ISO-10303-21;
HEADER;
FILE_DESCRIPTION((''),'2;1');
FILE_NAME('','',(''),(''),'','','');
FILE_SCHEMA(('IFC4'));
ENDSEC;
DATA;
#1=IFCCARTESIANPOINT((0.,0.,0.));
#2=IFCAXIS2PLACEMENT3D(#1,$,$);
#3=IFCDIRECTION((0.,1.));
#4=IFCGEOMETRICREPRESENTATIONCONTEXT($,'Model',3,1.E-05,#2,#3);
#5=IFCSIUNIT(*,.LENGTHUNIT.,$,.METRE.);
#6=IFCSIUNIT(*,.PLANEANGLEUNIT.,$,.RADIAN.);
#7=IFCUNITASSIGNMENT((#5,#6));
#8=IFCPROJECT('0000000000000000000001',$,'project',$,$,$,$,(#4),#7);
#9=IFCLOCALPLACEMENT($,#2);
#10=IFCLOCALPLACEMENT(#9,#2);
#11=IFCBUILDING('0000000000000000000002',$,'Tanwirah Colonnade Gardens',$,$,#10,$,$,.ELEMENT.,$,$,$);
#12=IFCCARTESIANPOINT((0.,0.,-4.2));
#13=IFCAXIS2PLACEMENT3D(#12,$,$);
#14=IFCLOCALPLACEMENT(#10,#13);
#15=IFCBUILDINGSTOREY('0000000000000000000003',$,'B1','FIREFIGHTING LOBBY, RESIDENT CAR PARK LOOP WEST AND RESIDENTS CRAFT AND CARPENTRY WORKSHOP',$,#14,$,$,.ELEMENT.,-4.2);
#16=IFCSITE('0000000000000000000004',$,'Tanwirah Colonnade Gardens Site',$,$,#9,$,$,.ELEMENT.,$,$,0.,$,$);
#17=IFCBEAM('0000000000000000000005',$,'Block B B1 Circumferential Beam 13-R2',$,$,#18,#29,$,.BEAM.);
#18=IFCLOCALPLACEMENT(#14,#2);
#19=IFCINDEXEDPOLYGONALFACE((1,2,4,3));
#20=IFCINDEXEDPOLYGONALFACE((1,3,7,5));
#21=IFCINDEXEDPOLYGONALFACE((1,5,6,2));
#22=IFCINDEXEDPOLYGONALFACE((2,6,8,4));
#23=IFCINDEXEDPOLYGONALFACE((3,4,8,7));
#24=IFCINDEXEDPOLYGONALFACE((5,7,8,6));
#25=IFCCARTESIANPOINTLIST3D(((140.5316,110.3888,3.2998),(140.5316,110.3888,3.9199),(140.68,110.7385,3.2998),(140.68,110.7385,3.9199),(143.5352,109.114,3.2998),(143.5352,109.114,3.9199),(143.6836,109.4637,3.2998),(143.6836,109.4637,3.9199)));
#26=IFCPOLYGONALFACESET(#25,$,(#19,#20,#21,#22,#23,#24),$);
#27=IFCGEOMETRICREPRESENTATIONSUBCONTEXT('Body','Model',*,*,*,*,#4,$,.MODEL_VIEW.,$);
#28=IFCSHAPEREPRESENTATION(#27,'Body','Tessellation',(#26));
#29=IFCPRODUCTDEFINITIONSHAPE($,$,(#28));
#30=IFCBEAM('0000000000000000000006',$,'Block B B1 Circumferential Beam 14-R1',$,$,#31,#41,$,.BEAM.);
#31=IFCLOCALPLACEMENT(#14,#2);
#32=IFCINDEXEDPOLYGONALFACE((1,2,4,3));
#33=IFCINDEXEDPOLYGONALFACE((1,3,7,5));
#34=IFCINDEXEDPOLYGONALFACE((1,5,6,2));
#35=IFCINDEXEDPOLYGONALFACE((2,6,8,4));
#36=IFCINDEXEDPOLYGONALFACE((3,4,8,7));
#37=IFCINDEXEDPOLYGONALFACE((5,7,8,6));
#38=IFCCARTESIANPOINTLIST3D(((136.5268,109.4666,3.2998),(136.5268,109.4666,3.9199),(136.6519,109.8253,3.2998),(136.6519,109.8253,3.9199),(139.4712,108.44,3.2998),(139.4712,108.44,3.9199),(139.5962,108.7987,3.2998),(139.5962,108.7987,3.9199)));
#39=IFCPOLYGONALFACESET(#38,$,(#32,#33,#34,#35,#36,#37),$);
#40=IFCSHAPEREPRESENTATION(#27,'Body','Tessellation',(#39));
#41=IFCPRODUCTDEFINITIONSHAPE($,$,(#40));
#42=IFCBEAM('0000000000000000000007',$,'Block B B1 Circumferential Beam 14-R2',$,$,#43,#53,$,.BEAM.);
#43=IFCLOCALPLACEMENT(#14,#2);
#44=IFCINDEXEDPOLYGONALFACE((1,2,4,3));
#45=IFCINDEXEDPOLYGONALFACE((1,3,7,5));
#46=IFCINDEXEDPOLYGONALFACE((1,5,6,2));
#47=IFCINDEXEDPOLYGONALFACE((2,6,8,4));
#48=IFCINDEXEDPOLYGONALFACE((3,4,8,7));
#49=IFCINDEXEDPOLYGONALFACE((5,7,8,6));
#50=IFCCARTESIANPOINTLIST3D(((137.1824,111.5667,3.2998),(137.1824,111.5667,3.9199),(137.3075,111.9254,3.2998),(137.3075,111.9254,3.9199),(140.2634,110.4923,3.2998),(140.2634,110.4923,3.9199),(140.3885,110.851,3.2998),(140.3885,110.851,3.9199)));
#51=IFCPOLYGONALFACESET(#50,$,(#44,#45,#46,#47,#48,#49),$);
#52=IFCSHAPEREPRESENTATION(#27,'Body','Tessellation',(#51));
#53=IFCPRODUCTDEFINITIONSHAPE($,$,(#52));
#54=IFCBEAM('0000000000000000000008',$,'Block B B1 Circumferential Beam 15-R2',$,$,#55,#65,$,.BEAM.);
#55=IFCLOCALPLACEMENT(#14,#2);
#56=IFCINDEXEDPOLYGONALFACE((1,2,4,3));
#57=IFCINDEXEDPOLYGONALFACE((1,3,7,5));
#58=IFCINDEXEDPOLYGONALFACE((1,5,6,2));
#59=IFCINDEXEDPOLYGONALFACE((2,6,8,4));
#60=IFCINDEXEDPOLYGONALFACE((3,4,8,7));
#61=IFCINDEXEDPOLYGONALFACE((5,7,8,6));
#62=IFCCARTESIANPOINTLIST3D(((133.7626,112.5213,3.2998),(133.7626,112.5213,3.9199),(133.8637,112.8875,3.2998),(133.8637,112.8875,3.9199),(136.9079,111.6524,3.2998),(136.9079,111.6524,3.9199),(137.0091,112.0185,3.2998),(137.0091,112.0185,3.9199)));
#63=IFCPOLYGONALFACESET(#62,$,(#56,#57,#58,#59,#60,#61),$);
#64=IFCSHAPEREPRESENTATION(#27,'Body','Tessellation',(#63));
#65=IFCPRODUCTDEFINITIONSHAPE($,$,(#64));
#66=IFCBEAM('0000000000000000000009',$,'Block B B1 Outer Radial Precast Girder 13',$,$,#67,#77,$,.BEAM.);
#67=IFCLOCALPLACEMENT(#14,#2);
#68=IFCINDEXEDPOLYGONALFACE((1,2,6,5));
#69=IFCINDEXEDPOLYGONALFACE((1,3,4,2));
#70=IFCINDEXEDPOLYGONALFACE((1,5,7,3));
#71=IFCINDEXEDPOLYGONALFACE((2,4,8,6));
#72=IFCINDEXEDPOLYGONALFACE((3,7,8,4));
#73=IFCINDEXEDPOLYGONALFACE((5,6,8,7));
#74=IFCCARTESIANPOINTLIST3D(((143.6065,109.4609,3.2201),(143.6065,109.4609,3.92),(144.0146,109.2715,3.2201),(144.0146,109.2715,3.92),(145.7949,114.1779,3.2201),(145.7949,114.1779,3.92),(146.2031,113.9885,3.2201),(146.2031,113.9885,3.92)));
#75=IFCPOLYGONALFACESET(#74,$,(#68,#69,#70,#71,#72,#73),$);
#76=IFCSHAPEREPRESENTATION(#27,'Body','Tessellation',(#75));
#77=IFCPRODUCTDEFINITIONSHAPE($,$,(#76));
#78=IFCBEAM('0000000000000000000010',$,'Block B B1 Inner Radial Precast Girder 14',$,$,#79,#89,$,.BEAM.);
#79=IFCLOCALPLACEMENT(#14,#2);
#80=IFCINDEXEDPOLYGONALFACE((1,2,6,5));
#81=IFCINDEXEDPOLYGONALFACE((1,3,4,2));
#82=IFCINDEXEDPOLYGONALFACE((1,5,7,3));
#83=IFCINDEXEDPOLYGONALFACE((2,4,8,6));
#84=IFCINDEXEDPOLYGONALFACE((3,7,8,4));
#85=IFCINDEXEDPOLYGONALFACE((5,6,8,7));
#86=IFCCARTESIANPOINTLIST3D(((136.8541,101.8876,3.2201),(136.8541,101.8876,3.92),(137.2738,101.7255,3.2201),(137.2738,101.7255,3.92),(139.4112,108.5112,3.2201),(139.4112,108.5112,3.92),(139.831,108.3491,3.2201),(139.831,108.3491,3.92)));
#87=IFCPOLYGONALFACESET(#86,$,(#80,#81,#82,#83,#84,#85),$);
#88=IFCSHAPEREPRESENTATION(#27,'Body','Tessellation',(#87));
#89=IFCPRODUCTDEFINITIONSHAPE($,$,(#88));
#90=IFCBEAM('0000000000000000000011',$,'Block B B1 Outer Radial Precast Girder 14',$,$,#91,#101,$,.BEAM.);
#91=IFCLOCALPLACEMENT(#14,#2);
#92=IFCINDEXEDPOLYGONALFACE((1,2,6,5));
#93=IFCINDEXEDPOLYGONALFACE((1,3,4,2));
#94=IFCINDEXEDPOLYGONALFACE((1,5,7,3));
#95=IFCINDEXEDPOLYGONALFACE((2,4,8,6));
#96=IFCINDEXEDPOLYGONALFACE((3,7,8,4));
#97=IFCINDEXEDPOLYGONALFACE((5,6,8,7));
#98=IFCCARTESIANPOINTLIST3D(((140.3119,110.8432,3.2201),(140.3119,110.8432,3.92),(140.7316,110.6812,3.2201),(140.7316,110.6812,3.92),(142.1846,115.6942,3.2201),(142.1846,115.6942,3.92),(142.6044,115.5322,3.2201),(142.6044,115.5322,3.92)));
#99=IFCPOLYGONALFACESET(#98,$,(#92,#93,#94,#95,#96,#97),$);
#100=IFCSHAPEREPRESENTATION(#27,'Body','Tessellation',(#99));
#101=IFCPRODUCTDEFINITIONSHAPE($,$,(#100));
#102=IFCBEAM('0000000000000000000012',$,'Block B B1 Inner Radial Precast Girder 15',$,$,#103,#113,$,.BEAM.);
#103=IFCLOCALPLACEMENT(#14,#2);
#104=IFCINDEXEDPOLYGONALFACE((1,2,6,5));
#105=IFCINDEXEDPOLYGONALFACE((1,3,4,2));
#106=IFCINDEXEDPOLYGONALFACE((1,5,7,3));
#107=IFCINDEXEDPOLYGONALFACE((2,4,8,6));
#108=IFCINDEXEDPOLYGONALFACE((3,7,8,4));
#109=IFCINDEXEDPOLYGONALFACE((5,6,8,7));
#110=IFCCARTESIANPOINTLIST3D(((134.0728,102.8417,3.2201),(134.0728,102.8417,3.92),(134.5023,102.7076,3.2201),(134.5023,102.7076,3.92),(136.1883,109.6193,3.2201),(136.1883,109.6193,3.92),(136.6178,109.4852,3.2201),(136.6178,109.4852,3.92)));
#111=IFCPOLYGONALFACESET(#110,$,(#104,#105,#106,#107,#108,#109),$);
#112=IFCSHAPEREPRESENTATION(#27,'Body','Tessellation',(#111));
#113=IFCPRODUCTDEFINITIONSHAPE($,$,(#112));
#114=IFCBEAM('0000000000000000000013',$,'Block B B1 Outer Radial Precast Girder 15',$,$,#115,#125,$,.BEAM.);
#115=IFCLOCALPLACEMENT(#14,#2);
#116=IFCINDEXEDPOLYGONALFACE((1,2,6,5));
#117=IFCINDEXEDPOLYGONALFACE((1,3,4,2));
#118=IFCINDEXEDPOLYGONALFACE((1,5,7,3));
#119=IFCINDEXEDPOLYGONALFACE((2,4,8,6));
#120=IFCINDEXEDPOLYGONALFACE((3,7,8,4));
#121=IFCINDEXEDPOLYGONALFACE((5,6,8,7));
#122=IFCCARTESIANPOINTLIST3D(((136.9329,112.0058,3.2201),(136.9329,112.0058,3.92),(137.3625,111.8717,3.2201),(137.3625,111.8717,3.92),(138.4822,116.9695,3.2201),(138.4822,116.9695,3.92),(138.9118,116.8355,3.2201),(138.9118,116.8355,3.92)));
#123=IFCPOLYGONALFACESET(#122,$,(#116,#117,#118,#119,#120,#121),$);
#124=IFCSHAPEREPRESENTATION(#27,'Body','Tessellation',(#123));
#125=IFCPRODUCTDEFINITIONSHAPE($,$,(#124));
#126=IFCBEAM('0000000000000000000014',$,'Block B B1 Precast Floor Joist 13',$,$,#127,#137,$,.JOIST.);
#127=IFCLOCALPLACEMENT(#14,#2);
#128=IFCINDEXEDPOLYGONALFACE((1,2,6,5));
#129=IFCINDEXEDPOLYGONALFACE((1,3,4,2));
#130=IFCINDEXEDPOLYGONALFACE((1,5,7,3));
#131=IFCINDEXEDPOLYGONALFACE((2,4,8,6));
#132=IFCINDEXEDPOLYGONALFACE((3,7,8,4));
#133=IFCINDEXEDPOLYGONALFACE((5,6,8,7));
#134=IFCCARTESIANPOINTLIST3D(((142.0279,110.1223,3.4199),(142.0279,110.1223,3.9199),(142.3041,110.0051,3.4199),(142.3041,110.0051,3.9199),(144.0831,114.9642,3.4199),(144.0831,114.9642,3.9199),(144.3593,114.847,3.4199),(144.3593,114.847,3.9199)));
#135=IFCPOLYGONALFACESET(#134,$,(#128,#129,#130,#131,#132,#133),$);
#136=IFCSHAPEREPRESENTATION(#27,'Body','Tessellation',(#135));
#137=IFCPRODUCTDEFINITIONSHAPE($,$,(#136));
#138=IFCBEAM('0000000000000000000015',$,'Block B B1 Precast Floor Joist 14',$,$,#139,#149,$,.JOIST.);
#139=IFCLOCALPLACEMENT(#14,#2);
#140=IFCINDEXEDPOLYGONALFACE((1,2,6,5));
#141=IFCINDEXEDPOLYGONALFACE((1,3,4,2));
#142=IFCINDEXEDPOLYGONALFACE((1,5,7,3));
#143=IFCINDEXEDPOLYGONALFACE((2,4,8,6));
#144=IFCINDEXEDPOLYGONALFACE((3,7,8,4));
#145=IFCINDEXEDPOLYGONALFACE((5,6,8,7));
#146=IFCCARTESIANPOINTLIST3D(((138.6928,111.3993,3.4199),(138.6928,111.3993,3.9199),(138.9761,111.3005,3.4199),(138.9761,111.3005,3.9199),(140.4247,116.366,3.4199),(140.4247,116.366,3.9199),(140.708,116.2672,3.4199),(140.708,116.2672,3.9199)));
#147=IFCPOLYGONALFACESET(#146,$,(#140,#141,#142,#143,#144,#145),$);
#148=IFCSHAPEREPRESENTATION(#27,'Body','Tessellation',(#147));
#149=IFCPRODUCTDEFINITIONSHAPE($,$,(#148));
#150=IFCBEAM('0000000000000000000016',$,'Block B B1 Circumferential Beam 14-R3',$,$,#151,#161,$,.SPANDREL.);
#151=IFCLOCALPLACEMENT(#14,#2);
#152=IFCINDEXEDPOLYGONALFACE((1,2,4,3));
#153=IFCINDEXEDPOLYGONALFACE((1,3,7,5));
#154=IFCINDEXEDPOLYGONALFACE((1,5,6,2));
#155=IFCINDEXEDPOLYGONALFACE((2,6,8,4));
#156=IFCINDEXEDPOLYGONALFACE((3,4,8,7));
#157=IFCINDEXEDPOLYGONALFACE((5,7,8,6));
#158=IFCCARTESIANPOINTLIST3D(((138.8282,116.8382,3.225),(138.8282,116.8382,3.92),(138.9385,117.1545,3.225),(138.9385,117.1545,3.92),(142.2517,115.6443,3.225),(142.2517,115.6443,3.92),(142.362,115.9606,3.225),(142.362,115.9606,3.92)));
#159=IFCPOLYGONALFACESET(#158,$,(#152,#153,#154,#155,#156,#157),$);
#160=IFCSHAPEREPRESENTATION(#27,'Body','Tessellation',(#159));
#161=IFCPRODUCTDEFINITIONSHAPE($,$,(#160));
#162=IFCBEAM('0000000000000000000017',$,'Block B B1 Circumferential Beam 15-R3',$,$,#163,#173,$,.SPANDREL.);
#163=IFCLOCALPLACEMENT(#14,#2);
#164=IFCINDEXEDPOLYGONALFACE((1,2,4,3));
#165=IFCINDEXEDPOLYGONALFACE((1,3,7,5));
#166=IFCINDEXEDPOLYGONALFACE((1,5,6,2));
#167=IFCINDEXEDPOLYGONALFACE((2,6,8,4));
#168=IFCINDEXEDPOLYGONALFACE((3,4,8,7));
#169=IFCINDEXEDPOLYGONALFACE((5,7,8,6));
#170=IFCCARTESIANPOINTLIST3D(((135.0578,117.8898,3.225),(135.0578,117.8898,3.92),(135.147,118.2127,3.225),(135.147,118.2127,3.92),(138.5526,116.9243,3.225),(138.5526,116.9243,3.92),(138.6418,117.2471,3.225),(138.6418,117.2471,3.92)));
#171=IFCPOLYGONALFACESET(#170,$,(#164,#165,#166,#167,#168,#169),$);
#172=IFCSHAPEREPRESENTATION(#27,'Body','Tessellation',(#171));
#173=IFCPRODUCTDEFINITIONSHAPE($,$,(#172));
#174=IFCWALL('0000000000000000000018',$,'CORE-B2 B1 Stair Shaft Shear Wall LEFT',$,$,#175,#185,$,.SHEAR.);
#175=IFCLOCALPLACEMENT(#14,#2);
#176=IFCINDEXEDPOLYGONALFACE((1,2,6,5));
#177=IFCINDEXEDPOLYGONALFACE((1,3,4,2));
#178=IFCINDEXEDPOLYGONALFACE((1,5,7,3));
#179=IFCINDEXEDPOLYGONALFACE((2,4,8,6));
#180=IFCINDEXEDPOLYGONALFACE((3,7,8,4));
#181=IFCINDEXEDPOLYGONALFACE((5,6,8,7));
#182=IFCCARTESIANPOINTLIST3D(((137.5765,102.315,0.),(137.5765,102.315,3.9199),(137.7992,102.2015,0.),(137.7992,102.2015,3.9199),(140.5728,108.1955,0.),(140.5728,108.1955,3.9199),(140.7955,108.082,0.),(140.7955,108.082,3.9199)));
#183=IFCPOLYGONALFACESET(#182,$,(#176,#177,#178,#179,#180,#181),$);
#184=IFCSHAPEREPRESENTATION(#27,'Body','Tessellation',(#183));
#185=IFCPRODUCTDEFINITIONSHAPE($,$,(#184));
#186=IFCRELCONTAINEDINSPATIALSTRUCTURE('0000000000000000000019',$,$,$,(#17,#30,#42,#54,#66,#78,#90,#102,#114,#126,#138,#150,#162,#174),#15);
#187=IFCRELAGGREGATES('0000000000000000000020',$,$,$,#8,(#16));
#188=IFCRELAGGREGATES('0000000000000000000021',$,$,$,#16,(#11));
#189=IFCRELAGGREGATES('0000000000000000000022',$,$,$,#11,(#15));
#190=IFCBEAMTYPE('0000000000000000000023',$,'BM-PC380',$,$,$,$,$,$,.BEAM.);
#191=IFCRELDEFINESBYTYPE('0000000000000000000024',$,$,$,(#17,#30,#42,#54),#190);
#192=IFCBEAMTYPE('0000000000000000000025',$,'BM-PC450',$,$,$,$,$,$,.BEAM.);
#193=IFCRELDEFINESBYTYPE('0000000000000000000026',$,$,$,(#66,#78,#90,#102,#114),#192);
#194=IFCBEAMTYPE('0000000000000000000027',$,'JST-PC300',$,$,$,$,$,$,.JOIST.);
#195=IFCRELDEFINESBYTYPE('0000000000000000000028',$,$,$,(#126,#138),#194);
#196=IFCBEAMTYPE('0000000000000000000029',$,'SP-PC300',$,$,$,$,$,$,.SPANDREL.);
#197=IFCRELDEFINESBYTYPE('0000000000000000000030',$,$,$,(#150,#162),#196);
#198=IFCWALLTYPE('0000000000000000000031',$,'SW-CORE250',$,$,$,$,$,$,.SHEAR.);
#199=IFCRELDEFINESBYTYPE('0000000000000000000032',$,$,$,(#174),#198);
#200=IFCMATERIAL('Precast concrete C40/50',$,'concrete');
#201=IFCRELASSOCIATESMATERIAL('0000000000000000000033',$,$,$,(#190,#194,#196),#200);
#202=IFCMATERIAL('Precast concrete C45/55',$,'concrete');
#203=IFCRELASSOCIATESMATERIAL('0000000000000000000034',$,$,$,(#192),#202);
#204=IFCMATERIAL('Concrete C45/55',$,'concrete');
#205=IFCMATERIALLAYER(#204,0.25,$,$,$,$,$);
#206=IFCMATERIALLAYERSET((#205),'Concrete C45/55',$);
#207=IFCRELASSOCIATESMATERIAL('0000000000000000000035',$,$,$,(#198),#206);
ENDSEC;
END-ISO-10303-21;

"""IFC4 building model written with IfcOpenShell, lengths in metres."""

from ifc_helpers import new_model, si_unit, direction, frame, frame_2d, origin, origin_2d, place, context, subcontext, project, spatial, rectangle, extrude, material, layer, layer_set, material_profile, profile_set, type_object, element, save


model = new_model("IFC4")

# Units and contexts
model_context = context("Model", 3, precision=1e-05, world=origin(), true_north=direction((0.0, 1.0)))
body_context = subcontext(model_context, "Body", "Model", "MODEL_VIEW")
ifc_project = project(units=[si_unit("LENGTHUNIT", "METRE"), si_unit("PLANEANGLEUNIT", "RADIAN")], contexts=[model_context])

# Site, building, storey
site_placement = place(None, origin())
site = spatial("IfcSite", under=ifc_project, at=site_placement, Name="Tanwirah Colonnade Gardens Site", CompositionType="ELEMENT", RefElevation=0.0)
building_placement = place(site_placement, origin())
building = spatial("IfcBuilding", under=site, at=building_placement, Name="Tanwirah Colonnade Gardens", CompositionType="ELEMENT")
storey_placement = place(building_placement, frame((0.0, 0.0, -4.2)))
storey = spatial("IfcBuildingStorey", under=building, at=storey_placement, Name="B1", Description="FIREFIGHTING LOBBY, RESIDENT CAR PARK LOOP WEST AND RESIDENTS CRAFT AND CARPENTRY WORKSHOP", CompositionType="ELEMENT", Elevation=-4.2)

# Shared definitions
ifc_material_1 = material(Name="Concrete C45/55", Category="concrete")

# Beams
ifc_material_2 = material(Name="Precast concrete C40/50", Category="concrete")
ifc_material_profile_1 = material_profile(ifc_material_2, rectangle(XDim=0.3799, YDim=0.6201, at=origin_2d()), Name="PC-BM 380x620")
ifc_profile_set_1 = profile_set([ifc_material_profile_1], Name="Precast concrete C40/50")
beam_type_1 = type_object("IfcBeamType", Name="BM-PC380", PredefinedType="BEAM", material=ifc_profile_set_1)
beam_1_placement = place(storey_placement, frame((143.6094, 109.2888, 3.6099), z_axis=(-0.920513, 0.390711, 0.0), x_axis=(-0.390711, -0.920513, 0.0)))
element("IfcBeam", 1, at=beam_1_placement, inside=storey, type_object=beam_type_1, Name="Block B B1 Circumferential Beam 13-R2", PredefinedType="BEAM", context=body_context, shape_type="SweptSolid", body=[
    extrude(rectangle(XDim=0.3799, YDim=0.6201, at=origin_2d()), origin(), (0.0, 0.0, 1.0), 3.2629),
])
beam_2_placement = place(storey_placement, frame((139.5337, 108.6194, 3.6099), z_axis=(-0.944248, 0.329234, 0.0), x_axis=(-0.329234, -0.944248, 0.0)))
element("IfcBeam", 2, at=beam_2_placement, inside=storey, type_object=beam_type_1, Name="Block B B1 Circumferential Beam 14-R1", PredefinedType="BEAM", context=body_context, shape_type="SweptSolid", body=[
    extrude(rectangle(XDim=0.3799, YDim=0.6201, at=origin_2d()), origin(), (0.0, 0.0, 1.0), 3.1182),
])
beam_3_placement = place(storey_placement, frame((140.3259, 110.6716, 3.6099), z_axis=(-0.944231, 0.329284, 0.0), x_axis=(-0.329284, -0.944231, 0.0)))
element("IfcBeam", 3, at=beam_3_placement, inside=storey, type_object=beam_type_1, Name="Block B B1 Circumferential Beam 14-R2", PredefinedType="BEAM", context=body_context, shape_type="SweptSolid", body=[
    extrude(rectangle(XDim=0.3799, YDim=0.6201, at=origin_2d()), origin(), (0.0, 0.0, 1.0), 3.2629),
])
beam_4_placement = place(storey_placement, frame((136.9585, 111.8354, 3.6099), z_axis=(-0.963895, 0.266281, 0.0), x_axis=(-0.266281, -0.963895, 0.0)))
element("IfcBeam", 4, at=beam_4_placement, inside=storey, type_object=beam_type_1, Name="Block B B1 Circumferential Beam 15-R2", PredefinedType="BEAM", context=body_context, shape_type="SweptSolid", body=[
    extrude(rectangle(XDim=0.3799, YDim=0.6201, at=origin_2d()), origin(), (0.0, 0.0, 1.0), 3.2632),
])
ifc_material_3 = material(Name="Precast concrete C45/55", Category="concrete")
ifc_material_profile_2 = material_profile(ifc_material_3, rectangle(XDim=0.45, YDim=0.7, at=origin_2d()), Name="PC-BM 450x700")
ifc_profile_set_2 = profile_set([ifc_material_profile_2], Name="Precast concrete C45/55")
beam_type_2 = type_object("IfcBeamType", Name="BM-PC450", PredefinedType="BEAM", material=ifc_profile_set_2)
beam_5_placement = place(storey_placement, frame((143.8105, 109.3662, 3.5701), z_axis=(0.420862, 0.907125, 0.0), x_axis=(-0.907125, 0.420862, 0.0)))
element("IfcBeam", 5, at=beam_5_placement, inside=storey, type_object=beam_type_2, Name="Block B B1 Outer Radial Precast Girder 13", PredefinedType="BEAM", context=body_context, shape_type="SweptSolid", body=[
    extrude(rectangle(XDim=0.45, YDim=0.7, at=origin_2d()), origin(), (0.0, 0.0, 1.0), 5.2),
])
beam_6_placement = place(storey_placement, frame((139.6211, 108.4302, 3.5701), z_axis=(-0.360159, -0.932891, 0.0), x_axis=(0.932891, -0.360159, 0.0)))
element("IfcBeam", 6, at=beam_6_placement, inside=storey, type_object=beam_type_2, Name="Block B B1 Inner Radial Precast Girder 14", PredefinedType="BEAM", context=body_context, shape_type="SweptSolid", body=[
    extrude(rectangle(XDim=0.45, YDim=0.7, at=origin_2d()), origin(), (0.0, 0.0, 1.0), 7.1001),
])
beam_7_placement = place(storey_placement, frame((140.5217, 110.7622, 3.5701), z_axis=(0.360152, 0.932894, 0.0), x_axis=(-0.932894, 0.360152, 0.0)))
element("IfcBeam", 7, at=beam_7_placement, inside=storey, type_object=beam_type_2, Name="Block B B1 Outer Radial Precast Girder 14", PredefinedType="BEAM", context=body_context, shape_type="SweptSolid", body=[
    extrude(rectangle(XDim=0.45, YDim=0.7, at=origin_2d()), origin(), (0.0, 0.0, 1.0), 5.2),
])
beam_8_placement = place(storey_placement, frame((136.4031, 109.5522, 3.5701), z_axis=(-0.297952, -0.954581, 0.0), x_axis=(0.954581, -0.297952, 0.0)))
element("IfcBeam", 8, at=beam_8_placement, inside=storey, type_object=beam_type_2, Name="Block B B1 Inner Radial Precast Girder 15", PredefinedType="BEAM", context=body_context, shape_type="SweptSolid", body=[
    extrude(rectangle(XDim=0.45, YDim=0.7, at=origin_2d()), origin(), (0.0, 0.0, 1.0), 7.1001),
])
beam_9_placement = place(storey_placement, frame((137.1477, 111.9387, 3.5701), z_axis=(0.297943, 0.954584, 0.0), x_axis=(-0.954584, 0.297943, 0.0)))
element("IfcBeam", 9, at=beam_9_placement, inside=storey, type_object=beam_type_2, Name="Block B B1 Outer Radial Precast Girder 15", PredefinedType="BEAM", context=body_context, shape_type="SweptSolid", body=[
    extrude(rectangle(XDim=0.45, YDim=0.7, at=origin_2d()), origin(), (0.0, 0.0, 1.0), 5.2),
])
ifc_material_profile_3 = material_profile(ifc_material_2, rectangle(XDim=0.3, YDim=0.5, at=origin_2d()), Name="PC-JST 300x500")
ifc_profile_set_3 = profile_set([ifc_material_profile_3], Name="Precast concrete C40/50")
beam_type_3 = type_object("IfcBeamType", Name="JST-PC300", PredefinedType="JOIST", material=ifc_profile_set_3)
for number, where, z_axis, x_axis, name in (
    (10, (142.166, 110.0637, 3.6699), (0.390724, 0.920508, 0.0), (-0.920508, 0.390724, 0.0), "Block B B1 Precast Floor Joist 13"),
    (11, (138.8345, 111.3499, 3.6699), (0.329259, 0.94424, 0.0), (-0.94424, 0.329259, 0.0), "Block B B1 Precast Floor Joist 14"),
):
    element("IfcBeam", number, at=place(storey_placement, frame(where, z_axis=z_axis, x_axis=x_axis)), inside=storey, type_object=beam_type_3, Name=name, PredefinedType="JOIST", context=body_context, shape_type="SweptSolid", body=[
        extrude(rectangle(XDim=0.3, YDim=0.5, at=origin_2d()), origin(), (0.0, 0.0, 1.0), 5.26),
    ])
ifc_material_profile_4 = material_profile(ifc_material_2, rectangle(XDim=0.335, YDim=0.6951, at=origin_2d()), Name="PC-SP 335x695")
ifc_profile_set_4 = profile_set([ifc_material_profile_4], Name="Precast concrete C40/50")
beam_type_4 = type_object("IfcBeamType", Name="SP-PC300", PredefinedType="SPANDREL", material=ifc_profile_set_4)
for number, where, z_axis, x_axis, name in (
    (12, (142.3069, 115.8025, 3.5725), (-0.944237, 0.329267, 0.0), (-0.329267, -0.944237, 0.0), "Block B B1 Circumferential Beam 14-R3"),
    (13, (138.5972, 117.0857, 3.5725), (-0.963888, 0.266307, 0.0), (-0.266307, -0.963888, 0.0), "Block B B1 Circumferential Beam 15-R3"),
):
    element("IfcBeam", number, at=place(storey_placement, frame(where, z_axis=z_axis, x_axis=x_axis)), inside=storey, type_object=beam_type_4, Name=name, PredefinedType="SPANDREL", context=body_context, shape_type="SweptSolid", body=[
        extrude(rectangle(XDim=0.335, YDim=0.6951, at=origin_2d()), origin(), (0.0, 0.0, 1.0), 3.6257),
    ])

# Wall
ifc_layer = layer(ifc_material_1, 0.25)
ifc_layer_set = layer_set([ifc_layer], Name="Concrete C45/55")
wall_type = type_object("IfcWallType", Name="SW-CORE250", PredefinedType="SHEAR", material=ifc_layer_set)
wall_1_placement = place(storey_placement, frame((140.6841, 108.1387, 0.0), z_axis=(0.0, 0.0, 1.0), x_axis=(-0.453992, -0.891006, 0.0)))
element("IfcWall", 14, at=wall_1_placement, inside=storey, type_object=wall_type, Name="CORE-B2 B1 Stair Shaft Shear Wall LEFT", PredefinedType="SHEAR", context=body_context, shape_type="SweptSolid", body=[
    extrude(rectangle(XDim=6.5999, YDim=0.25, at=frame_2d((3.2998, 0.0))), origin(), (0.0, 0.0, 1.0), 3.9199),
])

save(model, "model.ifc")
